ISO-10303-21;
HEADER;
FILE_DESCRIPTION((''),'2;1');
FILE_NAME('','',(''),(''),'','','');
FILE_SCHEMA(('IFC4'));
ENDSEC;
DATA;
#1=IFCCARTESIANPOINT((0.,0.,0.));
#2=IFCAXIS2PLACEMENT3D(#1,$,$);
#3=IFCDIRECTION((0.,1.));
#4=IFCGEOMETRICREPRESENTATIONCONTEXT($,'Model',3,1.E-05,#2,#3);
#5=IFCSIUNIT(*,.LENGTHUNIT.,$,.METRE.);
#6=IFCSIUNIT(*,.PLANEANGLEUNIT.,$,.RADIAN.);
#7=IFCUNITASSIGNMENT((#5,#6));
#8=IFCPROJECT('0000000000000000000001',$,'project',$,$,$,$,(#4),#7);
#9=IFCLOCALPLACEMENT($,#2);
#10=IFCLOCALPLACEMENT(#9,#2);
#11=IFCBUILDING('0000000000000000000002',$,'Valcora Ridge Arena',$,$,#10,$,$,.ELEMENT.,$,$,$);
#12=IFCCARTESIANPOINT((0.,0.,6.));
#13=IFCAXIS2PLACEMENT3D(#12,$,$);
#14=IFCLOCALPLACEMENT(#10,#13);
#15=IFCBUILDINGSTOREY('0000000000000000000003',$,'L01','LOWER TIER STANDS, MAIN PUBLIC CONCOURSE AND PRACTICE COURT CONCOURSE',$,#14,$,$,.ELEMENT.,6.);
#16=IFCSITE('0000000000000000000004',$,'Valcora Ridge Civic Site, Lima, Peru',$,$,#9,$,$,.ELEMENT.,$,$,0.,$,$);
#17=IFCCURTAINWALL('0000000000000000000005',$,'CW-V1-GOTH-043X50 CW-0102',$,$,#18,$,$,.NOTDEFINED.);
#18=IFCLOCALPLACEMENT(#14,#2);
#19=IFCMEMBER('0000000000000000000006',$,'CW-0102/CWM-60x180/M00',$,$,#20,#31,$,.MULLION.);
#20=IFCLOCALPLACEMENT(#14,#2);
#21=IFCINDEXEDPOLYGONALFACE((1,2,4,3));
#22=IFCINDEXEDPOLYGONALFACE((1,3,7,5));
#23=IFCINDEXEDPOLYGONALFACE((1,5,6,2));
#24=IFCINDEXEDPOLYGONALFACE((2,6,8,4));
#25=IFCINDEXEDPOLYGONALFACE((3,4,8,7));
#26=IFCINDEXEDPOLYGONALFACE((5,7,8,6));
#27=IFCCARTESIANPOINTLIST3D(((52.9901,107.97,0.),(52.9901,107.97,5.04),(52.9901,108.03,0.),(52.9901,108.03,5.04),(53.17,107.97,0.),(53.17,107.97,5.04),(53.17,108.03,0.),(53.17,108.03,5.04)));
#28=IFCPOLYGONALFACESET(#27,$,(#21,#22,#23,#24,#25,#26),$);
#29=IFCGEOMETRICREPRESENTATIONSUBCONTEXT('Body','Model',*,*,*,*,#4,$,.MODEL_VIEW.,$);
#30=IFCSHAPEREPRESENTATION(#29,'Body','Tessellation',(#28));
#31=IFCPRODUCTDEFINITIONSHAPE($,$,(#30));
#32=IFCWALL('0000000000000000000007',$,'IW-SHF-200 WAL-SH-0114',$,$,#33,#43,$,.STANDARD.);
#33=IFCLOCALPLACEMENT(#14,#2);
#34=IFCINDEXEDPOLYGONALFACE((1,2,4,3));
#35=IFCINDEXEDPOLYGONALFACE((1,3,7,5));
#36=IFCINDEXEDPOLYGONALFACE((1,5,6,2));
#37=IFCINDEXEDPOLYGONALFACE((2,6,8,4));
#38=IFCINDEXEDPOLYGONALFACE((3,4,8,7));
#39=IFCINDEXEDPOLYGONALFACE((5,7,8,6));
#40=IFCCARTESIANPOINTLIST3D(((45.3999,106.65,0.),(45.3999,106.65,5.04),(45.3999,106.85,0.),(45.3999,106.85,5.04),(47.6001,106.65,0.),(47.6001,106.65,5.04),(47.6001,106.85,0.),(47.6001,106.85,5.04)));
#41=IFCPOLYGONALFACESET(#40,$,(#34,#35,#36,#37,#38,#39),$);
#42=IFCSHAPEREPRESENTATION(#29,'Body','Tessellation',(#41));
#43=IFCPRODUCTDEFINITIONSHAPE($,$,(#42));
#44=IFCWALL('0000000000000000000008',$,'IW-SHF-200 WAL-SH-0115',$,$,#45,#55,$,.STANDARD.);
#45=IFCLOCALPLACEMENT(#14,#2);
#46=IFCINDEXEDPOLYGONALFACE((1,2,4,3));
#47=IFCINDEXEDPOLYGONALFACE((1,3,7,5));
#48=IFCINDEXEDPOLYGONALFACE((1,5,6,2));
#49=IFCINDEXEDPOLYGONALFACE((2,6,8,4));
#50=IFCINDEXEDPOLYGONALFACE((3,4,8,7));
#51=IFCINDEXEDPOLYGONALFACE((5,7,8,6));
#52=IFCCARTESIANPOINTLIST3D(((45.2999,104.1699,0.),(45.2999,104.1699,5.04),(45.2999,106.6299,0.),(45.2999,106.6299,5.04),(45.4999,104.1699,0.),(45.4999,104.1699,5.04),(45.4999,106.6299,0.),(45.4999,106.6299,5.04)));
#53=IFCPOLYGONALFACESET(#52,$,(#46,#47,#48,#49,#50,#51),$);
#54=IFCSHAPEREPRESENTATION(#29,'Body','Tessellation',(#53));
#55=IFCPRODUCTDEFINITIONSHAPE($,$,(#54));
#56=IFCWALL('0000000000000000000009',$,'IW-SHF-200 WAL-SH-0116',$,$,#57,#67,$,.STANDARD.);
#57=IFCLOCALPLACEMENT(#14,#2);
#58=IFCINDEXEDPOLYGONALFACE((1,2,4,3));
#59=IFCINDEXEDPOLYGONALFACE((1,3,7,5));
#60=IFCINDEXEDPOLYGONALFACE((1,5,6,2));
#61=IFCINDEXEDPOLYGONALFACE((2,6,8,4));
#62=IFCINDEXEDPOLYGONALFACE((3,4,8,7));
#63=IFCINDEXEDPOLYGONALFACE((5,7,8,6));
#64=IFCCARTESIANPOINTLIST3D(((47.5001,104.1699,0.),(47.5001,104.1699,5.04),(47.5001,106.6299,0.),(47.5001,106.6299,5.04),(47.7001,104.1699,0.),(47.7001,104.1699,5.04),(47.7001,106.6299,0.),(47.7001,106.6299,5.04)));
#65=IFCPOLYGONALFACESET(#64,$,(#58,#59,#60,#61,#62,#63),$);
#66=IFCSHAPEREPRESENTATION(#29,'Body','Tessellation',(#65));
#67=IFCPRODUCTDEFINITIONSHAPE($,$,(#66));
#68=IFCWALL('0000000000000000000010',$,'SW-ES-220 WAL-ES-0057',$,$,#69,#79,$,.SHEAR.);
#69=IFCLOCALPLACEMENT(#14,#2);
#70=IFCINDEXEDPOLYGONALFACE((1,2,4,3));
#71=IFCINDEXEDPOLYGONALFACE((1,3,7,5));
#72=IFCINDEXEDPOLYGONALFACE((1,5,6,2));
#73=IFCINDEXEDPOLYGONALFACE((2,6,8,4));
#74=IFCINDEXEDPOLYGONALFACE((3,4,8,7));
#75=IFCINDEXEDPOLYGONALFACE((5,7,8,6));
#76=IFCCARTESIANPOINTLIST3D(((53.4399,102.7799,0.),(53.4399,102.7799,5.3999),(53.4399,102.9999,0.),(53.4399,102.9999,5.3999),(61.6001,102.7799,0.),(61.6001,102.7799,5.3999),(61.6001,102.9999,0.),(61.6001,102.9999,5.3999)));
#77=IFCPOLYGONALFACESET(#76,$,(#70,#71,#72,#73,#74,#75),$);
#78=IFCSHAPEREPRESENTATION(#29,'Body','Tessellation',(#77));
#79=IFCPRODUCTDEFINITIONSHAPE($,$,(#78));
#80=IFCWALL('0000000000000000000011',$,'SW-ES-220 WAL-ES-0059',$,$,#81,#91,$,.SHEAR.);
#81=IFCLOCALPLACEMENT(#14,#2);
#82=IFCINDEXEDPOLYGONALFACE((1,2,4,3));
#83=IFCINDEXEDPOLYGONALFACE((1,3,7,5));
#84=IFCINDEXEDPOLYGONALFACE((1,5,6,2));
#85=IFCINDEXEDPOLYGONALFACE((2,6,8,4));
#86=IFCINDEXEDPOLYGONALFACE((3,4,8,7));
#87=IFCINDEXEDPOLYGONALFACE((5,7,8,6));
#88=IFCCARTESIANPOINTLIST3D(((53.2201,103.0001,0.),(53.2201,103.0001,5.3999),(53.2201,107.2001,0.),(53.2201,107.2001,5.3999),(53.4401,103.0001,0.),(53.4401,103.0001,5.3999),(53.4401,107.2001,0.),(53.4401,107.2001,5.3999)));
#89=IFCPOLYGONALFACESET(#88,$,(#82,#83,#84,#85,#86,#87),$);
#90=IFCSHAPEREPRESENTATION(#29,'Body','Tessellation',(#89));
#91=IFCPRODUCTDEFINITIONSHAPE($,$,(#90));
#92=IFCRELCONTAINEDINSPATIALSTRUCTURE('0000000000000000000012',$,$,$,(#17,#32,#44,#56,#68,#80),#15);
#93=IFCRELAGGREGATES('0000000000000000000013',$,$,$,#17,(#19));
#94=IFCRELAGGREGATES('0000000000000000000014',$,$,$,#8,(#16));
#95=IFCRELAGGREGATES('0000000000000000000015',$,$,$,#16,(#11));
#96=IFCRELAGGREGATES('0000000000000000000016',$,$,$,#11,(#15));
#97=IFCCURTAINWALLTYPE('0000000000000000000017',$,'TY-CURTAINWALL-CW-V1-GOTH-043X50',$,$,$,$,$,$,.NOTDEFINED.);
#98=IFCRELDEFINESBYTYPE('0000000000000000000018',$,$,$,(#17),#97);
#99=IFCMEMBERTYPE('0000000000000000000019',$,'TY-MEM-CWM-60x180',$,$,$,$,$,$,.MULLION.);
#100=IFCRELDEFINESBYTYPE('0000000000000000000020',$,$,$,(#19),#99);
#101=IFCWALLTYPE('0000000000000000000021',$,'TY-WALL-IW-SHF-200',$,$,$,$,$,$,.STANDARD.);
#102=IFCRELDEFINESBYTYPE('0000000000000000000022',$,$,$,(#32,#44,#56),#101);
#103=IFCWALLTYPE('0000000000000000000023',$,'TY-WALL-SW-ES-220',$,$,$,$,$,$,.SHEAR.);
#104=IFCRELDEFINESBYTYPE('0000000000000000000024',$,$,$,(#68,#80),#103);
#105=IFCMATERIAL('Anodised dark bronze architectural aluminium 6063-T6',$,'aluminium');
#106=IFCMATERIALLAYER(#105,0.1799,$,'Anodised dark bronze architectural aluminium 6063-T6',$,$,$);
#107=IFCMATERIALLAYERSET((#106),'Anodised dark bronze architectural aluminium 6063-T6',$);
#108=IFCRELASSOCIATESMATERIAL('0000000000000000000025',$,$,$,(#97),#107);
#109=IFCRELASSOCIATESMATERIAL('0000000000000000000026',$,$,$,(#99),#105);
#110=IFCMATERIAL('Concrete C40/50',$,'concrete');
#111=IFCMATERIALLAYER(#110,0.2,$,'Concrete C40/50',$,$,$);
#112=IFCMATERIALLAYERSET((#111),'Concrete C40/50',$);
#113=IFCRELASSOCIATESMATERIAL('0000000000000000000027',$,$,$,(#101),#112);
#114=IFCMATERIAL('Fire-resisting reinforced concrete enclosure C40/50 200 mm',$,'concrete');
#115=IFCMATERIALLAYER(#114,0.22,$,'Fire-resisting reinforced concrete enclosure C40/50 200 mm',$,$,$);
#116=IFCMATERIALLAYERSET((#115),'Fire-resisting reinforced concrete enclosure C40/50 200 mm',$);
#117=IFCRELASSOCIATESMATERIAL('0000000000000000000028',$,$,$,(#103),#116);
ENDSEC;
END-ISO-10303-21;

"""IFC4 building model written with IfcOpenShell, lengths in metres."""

from ifc_helpers import new_model, si_unit, direction, frame, frame_2d, origin, origin_2d, place, context, subcontext, project, spatial, rectangle, extrude, material, layer, layer_set, material_profile, profile_set, type_object, element, aggregate, save


model = new_model("IFC4")

# Units and contexts
model_context = context("Model", 3, precision=1e-05, world=origin(), true_north=direction((0.0, 1.0)))
body_context = subcontext(model_context, "Body", "Model", "MODEL_VIEW")
ifc_project = project(units=[si_unit("LENGTHUNIT", "METRE"), si_unit("PLANEANGLEUNIT", "RADIAN")], contexts=[model_context])

# Site, building, storey
site_placement = place(None, origin())
site = spatial("IfcSite", under=ifc_project, at=site_placement, Name="Valcora Ridge Civic Site, Lima, Peru", CompositionType="ELEMENT", RefElevation=0.0)
building_placement = place(site_placement, origin())
building = spatial("IfcBuilding", under=site, at=building_placement, Name="Valcora Ridge Arena", CompositionType="ELEMENT")
storey_placement = place(building_placement, frame((0.0, 0.0, 6.0)))
storey = spatial("IfcBuildingStorey", under=building, at=storey_placement, Name="L01", Description="LOWER TIER STANDS, MAIN PUBLIC CONCOURSE AND PRACTICE COURT CONCOURSE", CompositionType="ELEMENT", Elevation=6.0)

# Shared definitions
ifc_material_1 = material(Name="Concrete C40/50", Category="concrete")

# Curtain wall, member
ifc_material_2 = material(Name="Anodised dark bronze architectural aluminium 6063-T6", Category="aluminium")
ifc_layer_1 = layer(ifc_material_2, 0.1799, Name="Anodised dark bronze architectural aluminium 6063-T6")
ifc_layer_set_1 = layer_set([ifc_layer_1], Name="Anodised dark bronze architectural aluminium 6063-T6")
curtain_wall_type = type_object("IfcCurtainWallType", Name="TY-CURTAINWALL-CW-V1-GOTH-043X50", PredefinedType="NOTDEFINED", material=ifc_layer_set_1)
curtain_wall_placement = place(storey_placement, origin())
curtain_wall = element("IfcCurtainWall", 1, at=curtain_wall_placement, inside=storey, type_object=curtain_wall_type, Name="CW-V1-GOTH-043X50 CW-0102", PredefinedType="NOTDEFINED")
ifc_material_profile_1 = material_profile(ifc_material_2, rectangle(XDim=0.0601, YDim=0.1799, at=origin_2d()), Name="ALU MULLION 60x180")
ifc_profile_set_1 = profile_set([ifc_material_profile_1], Name="Anodised dark bronze architectural aluminium 6063-T6")
member_type = type_object("IfcMemberType", Name="TY-MEM-CWM-60x180", PredefinedType="MULLION", material=ifc_profile_set_1)
member_placement = place(storey_placement, frame((53.0801, 108.0, 0.0), z_axis=(0.0, 0.0, 1.0), x_axis=(0.0, 1.0, 0.0)))
member = element("IfcMember", 2, at=member_placement, type_object=member_type, Name="CW-0102/CWM-60x180/M00", PredefinedType="MULLION", context=body_context, shape_type="SweptSolid", body=[
    extrude(rectangle(XDim=0.0601, YDim=0.1799, at=origin_2d()), origin(), (0.0, 0.0, 1.0), 5.04),
])
aggregate(curtain_wall, [member])

# Shared definitions
ifc_layer_2 = layer(ifc_material_1, 0.2, Name="Concrete C40/50")
ifc_layer_set_2 = layer_set([ifc_layer_2], Name="Concrete C40/50")
wall_type_1 = type_object("IfcWallType", Name="TY-WALL-IW-SHF-200", PredefinedType="STANDARD", material=ifc_layer_set_2)

# Walls
wall_1_placement = place(storey_placement, frame((45.3999, 106.75, 0.0), z_axis=(0.0, 0.0, 1.0), x_axis=(1.0, 0.0, 0.0)))
element("IfcWall", 3, at=wall_1_placement, inside=storey, type_object=wall_type_1, Name="IW-SHF-200 WAL-SH-0114", PredefinedType="STANDARD", context=body_context, shape_type="SweptSolid", body=[
    extrude(rectangle(XDim=2.2002, YDim=0.2, at=frame_2d((1.1001, 0.0))), origin(), (0.0, 0.0, 1.0), 5.04),
])
for number, where, z_axis, x_axis, name in (
    (4, (45.3999, 104.1699, 0.0), (0.0, 0.0, 1.0), (0.0, 1.0, 0.0), "IW-SHF-200 WAL-SH-0115"),
    (5, (47.6001, 104.1699, 0.0), (0.0, 0.0, 1.0), (0.0, 1.0, 0.0), "IW-SHF-200 WAL-SH-0116"),
):
    element("IfcWall", number, at=place(storey_placement, frame(where, z_axis=z_axis, x_axis=x_axis)), inside=storey, type_object=wall_type_1, Name=name, PredefinedType="STANDARD", context=body_context, shape_type="SweptSolid", body=[
        extrude(rectangle(XDim=2.46, YDim=0.2, at=frame_2d((1.23, 0.0))), origin(), (0.0, 0.0, 1.0), 5.04),
    ])
ifc_material_3 = material(Name="Fire-resisting reinforced concrete enclosure C40/50 200 mm", Category="concrete")
ifc_layer_3 = layer(ifc_material_3, 0.22, Name="Fire-resisting reinforced concrete enclosure C40/50 200 mm")
ifc_layer_set_3 = layer_set([ifc_layer_3], Name="Fire-resisting reinforced concrete enclosure C40/50 200 mm")
wall_type_2 = type_object("IfcWallType", Name="TY-WALL-SW-ES-220", PredefinedType="SHEAR", material=ifc_layer_set_3)
wall_2_placement = place(storey_placement, frame((53.4399, 102.8899, 0.0), z_axis=(0.0, 0.0, 1.0), x_axis=(1.0, 0.0, 0.0)))
element("IfcWall", 6, at=wall_2_placement, inside=storey, type_object=wall_type_2, Name="SW-ES-220 WAL-ES-0057", PredefinedType="SHEAR", context=body_context, shape_type="SweptSolid", body=[
    extrude(rectangle(XDim=8.1602, YDim=0.22, at=frame_2d((4.0801, 0.0))), origin(), (0.0, 0.0, 1.0), 5.3999),
])
wall_3_placement = place(storey_placement, frame((53.3301, 103.0, 0.0), z_axis=(0.0, 0.0, 1.0), x_axis=(0.0, 1.0, 0.0)))
element("IfcWall", 7, at=wall_3_placement, inside=storey, type_object=wall_type_2, Name="SW-ES-220 WAL-ES-0059", PredefinedType="SHEAR", context=body_context, shape_type="SweptSolid", body=[
    extrude(rectangle(XDim=4.2, YDim=0.22, at=frame_2d((2.1001, 0.0))), origin(), (0.0, 0.0, 1.0), 5.3999),
])

save(model, "model.ifc")
